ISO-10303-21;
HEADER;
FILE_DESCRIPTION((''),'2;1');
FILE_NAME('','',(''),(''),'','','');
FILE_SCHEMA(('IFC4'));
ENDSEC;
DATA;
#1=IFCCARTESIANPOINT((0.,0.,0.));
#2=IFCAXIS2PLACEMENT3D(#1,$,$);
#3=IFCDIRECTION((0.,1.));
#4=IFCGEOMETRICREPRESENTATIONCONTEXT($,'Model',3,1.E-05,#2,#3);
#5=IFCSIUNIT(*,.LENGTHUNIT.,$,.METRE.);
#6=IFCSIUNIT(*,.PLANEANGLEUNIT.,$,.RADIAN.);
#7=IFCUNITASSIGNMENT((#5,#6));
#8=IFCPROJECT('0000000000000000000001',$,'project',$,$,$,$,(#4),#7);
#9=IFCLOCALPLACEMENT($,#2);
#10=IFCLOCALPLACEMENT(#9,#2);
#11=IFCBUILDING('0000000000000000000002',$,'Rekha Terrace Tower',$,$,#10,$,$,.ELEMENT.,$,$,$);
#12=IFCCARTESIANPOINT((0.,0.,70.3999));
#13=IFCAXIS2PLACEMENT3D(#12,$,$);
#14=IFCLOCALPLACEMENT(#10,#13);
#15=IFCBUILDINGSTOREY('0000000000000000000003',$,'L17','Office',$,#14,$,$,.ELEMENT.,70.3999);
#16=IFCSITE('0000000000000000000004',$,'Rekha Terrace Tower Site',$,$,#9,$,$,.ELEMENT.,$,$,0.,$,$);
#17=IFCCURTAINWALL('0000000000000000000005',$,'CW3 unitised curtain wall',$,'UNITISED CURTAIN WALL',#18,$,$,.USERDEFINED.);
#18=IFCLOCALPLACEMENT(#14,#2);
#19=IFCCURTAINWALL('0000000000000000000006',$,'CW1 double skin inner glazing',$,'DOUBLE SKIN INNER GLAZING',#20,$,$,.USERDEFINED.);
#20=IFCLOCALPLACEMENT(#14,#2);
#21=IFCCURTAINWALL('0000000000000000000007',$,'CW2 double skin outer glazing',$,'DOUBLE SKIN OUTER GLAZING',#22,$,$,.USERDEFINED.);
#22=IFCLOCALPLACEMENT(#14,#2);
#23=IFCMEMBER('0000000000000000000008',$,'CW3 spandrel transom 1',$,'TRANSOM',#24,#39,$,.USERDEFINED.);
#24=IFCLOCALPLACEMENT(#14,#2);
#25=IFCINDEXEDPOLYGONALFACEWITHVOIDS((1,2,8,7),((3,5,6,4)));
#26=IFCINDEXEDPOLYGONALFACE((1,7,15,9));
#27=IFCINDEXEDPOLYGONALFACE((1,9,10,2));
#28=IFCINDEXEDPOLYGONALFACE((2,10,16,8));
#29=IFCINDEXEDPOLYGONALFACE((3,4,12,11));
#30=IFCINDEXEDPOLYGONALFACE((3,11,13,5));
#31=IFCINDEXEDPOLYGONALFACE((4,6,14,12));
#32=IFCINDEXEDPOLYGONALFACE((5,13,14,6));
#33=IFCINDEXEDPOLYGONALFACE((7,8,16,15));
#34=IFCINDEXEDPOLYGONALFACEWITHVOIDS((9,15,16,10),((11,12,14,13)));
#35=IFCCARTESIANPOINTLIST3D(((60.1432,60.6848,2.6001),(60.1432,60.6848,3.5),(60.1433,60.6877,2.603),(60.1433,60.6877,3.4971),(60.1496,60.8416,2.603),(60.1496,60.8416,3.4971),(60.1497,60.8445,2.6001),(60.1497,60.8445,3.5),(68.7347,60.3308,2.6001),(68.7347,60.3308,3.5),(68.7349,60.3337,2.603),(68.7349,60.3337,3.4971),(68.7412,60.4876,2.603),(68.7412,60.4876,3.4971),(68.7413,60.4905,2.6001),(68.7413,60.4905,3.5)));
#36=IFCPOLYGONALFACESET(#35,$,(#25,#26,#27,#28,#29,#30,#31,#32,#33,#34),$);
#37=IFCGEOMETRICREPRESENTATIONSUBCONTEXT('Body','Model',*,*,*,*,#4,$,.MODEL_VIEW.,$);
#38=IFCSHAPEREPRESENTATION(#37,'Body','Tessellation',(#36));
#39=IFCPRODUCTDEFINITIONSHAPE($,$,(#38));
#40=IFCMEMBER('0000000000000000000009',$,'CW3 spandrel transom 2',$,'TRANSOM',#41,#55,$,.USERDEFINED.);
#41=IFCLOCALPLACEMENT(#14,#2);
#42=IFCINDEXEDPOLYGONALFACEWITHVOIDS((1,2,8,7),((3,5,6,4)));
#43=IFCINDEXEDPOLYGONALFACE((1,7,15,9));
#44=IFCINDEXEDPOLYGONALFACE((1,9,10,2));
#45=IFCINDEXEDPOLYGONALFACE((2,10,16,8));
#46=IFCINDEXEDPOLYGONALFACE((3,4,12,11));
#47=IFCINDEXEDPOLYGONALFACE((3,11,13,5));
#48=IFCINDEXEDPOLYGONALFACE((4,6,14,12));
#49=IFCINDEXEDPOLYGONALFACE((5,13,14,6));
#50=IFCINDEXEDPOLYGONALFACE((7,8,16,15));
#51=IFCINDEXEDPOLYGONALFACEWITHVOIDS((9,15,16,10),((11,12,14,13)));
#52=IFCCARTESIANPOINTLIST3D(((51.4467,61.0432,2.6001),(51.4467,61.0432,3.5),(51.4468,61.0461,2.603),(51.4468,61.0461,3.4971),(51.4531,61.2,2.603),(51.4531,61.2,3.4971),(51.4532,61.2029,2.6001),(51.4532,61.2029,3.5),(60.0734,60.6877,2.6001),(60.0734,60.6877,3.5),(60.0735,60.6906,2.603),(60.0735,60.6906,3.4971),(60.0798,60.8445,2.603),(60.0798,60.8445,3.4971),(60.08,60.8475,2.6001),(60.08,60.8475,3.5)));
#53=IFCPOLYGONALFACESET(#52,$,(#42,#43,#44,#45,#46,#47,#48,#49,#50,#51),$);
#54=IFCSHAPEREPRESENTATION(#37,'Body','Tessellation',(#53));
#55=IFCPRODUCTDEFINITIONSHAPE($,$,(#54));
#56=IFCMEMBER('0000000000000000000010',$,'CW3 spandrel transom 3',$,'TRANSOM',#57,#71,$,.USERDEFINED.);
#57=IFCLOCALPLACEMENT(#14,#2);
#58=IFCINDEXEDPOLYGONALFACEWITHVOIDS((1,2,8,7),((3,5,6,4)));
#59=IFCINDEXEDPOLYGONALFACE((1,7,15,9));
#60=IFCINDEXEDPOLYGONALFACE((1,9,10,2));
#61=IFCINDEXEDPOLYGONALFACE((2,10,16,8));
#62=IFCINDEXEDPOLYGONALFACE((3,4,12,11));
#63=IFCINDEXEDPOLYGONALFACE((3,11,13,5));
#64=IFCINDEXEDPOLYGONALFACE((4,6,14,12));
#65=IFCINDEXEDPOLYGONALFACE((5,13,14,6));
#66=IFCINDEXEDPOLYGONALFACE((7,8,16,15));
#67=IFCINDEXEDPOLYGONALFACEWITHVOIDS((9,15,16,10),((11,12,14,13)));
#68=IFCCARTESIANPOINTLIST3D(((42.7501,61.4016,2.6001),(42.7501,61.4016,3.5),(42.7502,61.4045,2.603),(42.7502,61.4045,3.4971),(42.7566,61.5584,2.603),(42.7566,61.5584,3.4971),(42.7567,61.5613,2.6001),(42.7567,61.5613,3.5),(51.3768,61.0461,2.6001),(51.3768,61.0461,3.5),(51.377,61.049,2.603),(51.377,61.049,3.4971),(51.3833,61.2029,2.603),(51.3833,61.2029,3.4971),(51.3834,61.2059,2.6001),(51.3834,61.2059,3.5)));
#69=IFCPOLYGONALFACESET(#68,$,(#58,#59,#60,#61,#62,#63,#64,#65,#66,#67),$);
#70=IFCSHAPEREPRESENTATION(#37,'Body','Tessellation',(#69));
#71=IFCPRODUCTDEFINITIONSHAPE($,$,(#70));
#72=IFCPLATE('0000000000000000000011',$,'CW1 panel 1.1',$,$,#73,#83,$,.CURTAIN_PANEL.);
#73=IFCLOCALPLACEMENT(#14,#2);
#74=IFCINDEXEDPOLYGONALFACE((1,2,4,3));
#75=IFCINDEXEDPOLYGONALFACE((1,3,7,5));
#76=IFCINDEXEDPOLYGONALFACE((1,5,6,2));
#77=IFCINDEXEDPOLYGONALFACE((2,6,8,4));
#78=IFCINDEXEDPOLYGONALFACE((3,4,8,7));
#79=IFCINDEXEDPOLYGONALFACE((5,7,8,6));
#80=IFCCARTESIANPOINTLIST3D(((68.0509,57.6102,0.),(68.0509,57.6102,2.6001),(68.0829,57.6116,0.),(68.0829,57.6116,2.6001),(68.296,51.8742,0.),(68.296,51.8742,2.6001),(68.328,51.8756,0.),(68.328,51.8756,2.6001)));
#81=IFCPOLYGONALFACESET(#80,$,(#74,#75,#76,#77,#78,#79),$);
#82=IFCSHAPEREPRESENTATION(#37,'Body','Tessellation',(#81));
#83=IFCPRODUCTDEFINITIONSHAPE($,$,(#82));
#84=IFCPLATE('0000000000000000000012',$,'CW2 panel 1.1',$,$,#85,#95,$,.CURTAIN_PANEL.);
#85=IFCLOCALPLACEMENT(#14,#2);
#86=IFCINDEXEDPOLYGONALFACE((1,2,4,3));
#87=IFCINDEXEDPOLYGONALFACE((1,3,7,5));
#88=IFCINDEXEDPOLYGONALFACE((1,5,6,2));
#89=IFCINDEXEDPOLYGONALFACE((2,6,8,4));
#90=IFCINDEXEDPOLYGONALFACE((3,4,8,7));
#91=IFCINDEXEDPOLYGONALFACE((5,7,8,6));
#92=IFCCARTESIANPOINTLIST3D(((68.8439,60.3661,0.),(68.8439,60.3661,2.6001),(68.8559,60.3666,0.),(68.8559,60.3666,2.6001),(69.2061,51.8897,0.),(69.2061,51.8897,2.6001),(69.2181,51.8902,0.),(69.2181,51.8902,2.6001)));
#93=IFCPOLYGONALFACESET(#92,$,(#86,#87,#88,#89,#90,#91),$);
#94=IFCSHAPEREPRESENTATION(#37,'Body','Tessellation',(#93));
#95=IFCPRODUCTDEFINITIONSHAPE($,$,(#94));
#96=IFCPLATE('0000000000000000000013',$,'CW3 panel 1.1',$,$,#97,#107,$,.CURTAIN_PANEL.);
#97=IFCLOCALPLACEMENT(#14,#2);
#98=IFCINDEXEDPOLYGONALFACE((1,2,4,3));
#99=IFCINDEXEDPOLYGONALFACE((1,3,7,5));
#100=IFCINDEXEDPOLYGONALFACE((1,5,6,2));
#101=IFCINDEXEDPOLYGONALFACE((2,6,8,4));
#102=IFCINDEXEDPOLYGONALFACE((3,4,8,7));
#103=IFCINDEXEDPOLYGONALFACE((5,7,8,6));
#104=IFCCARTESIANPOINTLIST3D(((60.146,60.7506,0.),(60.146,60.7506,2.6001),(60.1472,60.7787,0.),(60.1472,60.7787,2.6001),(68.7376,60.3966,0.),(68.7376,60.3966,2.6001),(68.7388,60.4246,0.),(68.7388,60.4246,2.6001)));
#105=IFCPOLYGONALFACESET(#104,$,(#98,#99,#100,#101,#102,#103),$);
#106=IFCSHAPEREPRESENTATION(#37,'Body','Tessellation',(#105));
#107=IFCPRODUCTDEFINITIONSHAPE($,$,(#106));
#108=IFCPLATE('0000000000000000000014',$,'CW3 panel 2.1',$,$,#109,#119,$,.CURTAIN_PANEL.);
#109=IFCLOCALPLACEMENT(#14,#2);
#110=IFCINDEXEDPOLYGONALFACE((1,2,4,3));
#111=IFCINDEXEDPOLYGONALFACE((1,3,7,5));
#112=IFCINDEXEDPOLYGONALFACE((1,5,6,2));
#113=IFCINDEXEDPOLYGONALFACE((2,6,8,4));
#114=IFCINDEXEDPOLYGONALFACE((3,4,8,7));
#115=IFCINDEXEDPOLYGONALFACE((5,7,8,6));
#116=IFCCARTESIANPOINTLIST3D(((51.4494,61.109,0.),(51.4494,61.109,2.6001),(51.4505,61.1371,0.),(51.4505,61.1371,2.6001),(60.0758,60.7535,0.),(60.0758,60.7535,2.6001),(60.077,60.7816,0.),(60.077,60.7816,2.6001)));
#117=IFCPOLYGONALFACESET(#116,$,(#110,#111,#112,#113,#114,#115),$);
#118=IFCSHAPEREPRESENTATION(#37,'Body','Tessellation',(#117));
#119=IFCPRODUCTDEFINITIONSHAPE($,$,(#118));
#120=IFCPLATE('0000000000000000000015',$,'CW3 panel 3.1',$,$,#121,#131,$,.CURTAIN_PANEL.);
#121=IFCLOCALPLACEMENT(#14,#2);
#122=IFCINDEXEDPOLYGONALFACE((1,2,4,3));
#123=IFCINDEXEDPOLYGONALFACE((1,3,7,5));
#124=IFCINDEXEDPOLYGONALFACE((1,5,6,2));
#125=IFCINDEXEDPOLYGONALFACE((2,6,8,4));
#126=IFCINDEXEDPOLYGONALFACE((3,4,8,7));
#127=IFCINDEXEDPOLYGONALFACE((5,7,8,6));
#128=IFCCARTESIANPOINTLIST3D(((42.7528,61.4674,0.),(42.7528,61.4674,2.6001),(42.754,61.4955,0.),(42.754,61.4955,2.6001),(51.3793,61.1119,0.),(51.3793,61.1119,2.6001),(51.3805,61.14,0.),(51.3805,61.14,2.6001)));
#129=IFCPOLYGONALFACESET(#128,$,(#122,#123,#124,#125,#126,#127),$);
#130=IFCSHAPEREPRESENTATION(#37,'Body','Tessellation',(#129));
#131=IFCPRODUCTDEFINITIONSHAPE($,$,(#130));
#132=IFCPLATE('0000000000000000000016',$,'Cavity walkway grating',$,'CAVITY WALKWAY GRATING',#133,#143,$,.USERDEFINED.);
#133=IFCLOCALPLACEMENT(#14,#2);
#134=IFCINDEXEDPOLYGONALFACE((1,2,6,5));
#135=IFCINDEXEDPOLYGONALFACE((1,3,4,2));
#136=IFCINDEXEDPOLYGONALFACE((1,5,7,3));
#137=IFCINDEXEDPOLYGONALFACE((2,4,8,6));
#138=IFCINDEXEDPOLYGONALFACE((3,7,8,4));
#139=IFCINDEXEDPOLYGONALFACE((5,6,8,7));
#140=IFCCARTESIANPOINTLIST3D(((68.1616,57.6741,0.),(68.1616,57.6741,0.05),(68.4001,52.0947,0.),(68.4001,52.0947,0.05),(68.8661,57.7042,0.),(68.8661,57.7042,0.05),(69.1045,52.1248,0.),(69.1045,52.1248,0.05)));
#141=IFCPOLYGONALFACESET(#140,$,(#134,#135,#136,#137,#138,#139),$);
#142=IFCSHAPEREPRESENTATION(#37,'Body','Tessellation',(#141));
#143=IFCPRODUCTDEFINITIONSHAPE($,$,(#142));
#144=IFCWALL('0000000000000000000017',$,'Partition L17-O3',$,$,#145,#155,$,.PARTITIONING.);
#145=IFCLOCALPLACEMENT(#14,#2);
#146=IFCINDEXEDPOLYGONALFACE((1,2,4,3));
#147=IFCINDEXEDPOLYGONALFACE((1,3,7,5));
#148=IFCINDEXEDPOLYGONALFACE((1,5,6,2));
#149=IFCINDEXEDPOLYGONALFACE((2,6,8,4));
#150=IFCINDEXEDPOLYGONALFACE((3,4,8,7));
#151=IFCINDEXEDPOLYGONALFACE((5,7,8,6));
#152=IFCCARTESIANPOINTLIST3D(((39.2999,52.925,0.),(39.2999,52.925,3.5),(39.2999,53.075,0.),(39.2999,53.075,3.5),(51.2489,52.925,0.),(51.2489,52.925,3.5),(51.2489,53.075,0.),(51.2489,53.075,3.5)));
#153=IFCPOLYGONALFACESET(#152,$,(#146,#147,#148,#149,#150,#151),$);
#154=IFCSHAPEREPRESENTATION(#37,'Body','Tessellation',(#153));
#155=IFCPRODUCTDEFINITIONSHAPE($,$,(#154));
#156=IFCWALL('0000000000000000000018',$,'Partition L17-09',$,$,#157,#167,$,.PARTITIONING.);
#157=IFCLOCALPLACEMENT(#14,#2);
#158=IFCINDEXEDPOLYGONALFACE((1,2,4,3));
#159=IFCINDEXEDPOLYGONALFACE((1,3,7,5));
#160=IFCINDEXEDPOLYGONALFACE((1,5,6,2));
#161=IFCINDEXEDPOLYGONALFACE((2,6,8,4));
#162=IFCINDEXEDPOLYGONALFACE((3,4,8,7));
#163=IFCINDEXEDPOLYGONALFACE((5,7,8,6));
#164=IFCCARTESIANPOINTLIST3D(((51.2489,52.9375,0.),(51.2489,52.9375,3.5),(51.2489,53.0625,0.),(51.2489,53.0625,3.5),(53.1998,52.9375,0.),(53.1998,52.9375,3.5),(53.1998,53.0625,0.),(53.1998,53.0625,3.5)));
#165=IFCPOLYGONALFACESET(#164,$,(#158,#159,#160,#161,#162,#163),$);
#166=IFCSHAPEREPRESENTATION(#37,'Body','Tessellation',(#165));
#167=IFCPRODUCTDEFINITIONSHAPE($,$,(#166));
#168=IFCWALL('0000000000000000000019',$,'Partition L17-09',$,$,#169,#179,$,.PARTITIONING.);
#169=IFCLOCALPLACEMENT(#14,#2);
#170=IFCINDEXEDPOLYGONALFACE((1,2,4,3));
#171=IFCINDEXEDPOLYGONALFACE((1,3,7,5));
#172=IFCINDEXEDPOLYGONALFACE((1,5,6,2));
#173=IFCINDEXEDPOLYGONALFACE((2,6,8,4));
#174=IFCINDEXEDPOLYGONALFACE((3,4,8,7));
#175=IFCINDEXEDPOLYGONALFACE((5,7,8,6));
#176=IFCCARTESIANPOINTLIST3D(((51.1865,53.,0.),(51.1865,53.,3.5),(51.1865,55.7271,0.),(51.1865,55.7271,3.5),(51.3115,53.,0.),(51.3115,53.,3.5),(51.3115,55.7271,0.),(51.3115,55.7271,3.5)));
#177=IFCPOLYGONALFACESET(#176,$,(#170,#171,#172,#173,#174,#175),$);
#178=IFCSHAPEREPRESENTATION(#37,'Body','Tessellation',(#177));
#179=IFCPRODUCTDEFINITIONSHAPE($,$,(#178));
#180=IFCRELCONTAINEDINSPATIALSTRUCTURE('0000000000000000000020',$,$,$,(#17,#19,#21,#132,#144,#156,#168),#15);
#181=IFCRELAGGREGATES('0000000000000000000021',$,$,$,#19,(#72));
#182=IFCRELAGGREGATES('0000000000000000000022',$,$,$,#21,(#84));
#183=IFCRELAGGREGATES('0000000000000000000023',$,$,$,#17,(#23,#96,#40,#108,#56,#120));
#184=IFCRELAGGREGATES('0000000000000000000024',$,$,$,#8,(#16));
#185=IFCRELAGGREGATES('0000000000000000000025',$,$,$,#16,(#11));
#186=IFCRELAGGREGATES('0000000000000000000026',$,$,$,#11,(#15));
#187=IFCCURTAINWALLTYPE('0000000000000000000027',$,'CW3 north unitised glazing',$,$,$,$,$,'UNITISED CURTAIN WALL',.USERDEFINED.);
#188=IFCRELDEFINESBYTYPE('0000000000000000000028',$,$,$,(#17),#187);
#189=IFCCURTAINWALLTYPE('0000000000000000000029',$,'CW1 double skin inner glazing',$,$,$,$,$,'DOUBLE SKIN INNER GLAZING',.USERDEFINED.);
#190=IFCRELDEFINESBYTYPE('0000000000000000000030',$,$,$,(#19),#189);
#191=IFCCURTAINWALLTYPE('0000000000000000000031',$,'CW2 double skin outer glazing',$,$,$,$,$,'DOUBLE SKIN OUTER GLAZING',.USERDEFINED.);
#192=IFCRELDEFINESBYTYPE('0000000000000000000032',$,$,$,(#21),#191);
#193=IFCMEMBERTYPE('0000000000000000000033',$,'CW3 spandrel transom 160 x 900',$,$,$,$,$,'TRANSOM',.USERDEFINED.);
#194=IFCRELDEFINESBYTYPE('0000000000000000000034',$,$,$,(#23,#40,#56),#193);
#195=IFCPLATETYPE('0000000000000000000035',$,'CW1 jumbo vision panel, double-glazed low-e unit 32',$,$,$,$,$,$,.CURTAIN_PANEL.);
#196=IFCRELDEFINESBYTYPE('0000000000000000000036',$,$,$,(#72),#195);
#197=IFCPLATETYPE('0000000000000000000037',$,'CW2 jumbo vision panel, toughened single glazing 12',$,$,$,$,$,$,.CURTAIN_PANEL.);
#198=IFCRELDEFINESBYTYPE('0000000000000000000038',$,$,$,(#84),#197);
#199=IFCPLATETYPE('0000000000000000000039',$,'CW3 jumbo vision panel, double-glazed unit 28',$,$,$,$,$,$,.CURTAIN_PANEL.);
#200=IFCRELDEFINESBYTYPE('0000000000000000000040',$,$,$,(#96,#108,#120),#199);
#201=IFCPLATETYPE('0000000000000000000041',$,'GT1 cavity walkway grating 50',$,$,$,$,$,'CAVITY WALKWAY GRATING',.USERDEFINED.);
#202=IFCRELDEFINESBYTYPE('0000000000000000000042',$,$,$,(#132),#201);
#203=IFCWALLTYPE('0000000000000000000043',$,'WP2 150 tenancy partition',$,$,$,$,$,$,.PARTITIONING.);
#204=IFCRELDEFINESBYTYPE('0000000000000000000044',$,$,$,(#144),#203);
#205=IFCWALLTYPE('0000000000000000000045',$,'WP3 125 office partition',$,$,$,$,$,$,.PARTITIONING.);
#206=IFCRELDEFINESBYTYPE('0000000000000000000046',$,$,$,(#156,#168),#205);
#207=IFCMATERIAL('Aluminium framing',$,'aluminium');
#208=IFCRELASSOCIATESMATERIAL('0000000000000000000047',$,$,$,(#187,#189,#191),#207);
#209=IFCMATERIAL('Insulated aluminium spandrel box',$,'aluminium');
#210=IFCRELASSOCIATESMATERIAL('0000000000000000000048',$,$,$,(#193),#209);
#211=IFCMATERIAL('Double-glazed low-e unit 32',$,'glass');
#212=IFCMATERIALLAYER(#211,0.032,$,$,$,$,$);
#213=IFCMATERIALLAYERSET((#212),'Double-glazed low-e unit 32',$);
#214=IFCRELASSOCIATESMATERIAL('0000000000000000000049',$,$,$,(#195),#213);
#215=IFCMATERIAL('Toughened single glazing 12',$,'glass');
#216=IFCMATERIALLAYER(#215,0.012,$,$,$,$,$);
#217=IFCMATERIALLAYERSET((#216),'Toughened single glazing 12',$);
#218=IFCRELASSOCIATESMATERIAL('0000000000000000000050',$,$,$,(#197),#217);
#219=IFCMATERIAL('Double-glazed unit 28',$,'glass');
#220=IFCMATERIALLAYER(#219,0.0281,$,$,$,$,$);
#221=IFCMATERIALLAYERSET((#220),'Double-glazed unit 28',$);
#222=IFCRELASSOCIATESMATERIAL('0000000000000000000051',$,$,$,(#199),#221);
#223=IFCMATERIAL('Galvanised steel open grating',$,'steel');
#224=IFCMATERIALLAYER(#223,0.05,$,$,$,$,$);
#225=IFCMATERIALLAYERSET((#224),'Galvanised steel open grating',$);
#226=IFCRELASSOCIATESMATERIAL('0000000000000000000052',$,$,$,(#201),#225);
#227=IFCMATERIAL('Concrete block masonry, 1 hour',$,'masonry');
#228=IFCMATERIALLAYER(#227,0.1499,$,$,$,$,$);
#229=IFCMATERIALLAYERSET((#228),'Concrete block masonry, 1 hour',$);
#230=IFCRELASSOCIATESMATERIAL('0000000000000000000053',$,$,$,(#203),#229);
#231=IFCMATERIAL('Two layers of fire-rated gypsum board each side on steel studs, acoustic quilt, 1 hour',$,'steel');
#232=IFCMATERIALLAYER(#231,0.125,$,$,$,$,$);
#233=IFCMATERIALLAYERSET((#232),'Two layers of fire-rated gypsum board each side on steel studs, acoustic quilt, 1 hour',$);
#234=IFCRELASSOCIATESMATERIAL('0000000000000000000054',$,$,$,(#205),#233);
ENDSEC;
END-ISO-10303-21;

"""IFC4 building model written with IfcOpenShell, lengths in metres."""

from ifc_helpers import new_model, si_unit, direction, frame, frame_2d, origin, origin_2d, place, context, subcontext, project, spatial, rectangle, hollow_rectangle, extrude, material, layer, layer_set, material_profile, profile_set, type_object, element, aggregate, save


model = new_model("IFC4")

# Units and contexts
model_context = context("Model", 3, precision=1e-05, world=origin(), true_north=direction((0.0, 1.0)))
body_context = subcontext(model_context, "Body", "Model", "MODEL_VIEW")
ifc_project = project(units=[si_unit("LENGTHUNIT", "METRE"), si_unit("PLANEANGLEUNIT", "RADIAN")], contexts=[model_context])

# Site, building, storey
site_placement = place(None, origin())
site = spatial("IfcSite", under=ifc_project, at=site_placement, Name="Rekha Terrace Tower Site", CompositionType="ELEMENT", RefElevation=0.0)
building_placement = place(site_placement, origin())
building = spatial("IfcBuilding", under=site, at=building_placement, Name="Rekha Terrace Tower", CompositionType="ELEMENT")
storey_placement = place(building_placement, frame((0.0, 0.0, 70.3999)))
storey = spatial("IfcBuildingStorey", under=building, at=storey_placement, Name="L17", Description="Office", CompositionType="ELEMENT", Elevation=70.3999)

# Curtain wall
ifc_material_1 = material(Name="Aluminium framing", Category="aluminium")
curtain_wall_type_1 = type_object("IfcCurtainWallType", Name="CW3 north unitised glazing", ElementType="UNITISED CURTAIN WALL", PredefinedType="USERDEFINED", material=ifc_material_1)
curtain_wall_1_placement = place(storey_placement, origin())
curtain_wall_1 = element("IfcCurtainWall", 1, at=curtain_wall_1_placement, inside=storey, type_object=curtain_wall_type_1, Name="CW3 unitised curtain wall", ObjectType="UNITISED CURTAIN WALL", PredefinedType="USERDEFINED")

# Curtain wall
curtain_wall_type_2 = type_object("IfcCurtainWallType", Name="CW1 double skin inner glazing", ElementType="DOUBLE SKIN INNER GLAZING", PredefinedType="USERDEFINED", material=ifc_material_1)
curtain_wall_2_placement = place(storey_placement, origin())
curtain_wall_2 = element("IfcCurtainWall", 2, at=curtain_wall_2_placement, inside=storey, type_object=curtain_wall_type_2, Name="CW1 double skin inner glazing", ObjectType="DOUBLE SKIN INNER GLAZING", PredefinedType="USERDEFINED")

# Curtain wall
curtain_wall_type_3 = type_object("IfcCurtainWallType", Name="CW2 double skin outer glazing", ElementType="DOUBLE SKIN OUTER GLAZING", PredefinedType="USERDEFINED", material=ifc_material_1)
curtain_wall_3_placement = place(storey_placement, origin())
curtain_wall_3 = element("IfcCurtainWall", 3, at=curtain_wall_3_placement, inside=storey, type_object=curtain_wall_type_3, Name="CW2 double skin outer glazing", ObjectType="DOUBLE SKIN OUTER GLAZING", PredefinedType="USERDEFINED")
ifc_material_2 = material(Name="Insulated aluminium spandrel box", Category="aluminium")

# Members
ifc_material_profile_1 = material_profile(ifc_material_2, hollow_rectangle(XDim=0.1599, YDim=0.8999, WallThickness=0.0029, at=origin_2d()), Name="AL SPANDREL BOX 160x900")
ifc_profile_set_1 = profile_set([ifc_material_profile_1], Name="Insulated aluminium spandrel box")
member_type_1 = type_object("IfcMemberType", Name="CW3 spandrel transom 160 x 900", ElementType="TRANSOM", PredefinedType="USERDEFINED", material=ifc_profile_set_1)
member_1_placement = place(storey_placement, frame((68.738, 60.4106, 3.05), z_axis=(-0.999152, 0.041169, 0.0), x_axis=(-0.041169, -0.999152, 0.0)))
member_1 = element("IfcMember", 4, at=member_1_placement, type_object=member_type_1, Name="CW3 spandrel transom 1", ObjectType="TRANSOM", PredefinedType="USERDEFINED", context=body_context, shape_type="SweptSolid", body=[
    extrude(hollow_rectangle(XDim=0.1599, YDim=0.8999, WallThickness=0.0029, at=origin_2d()), origin(), (0.0, 0.0, 1.0), 8.5989),
])
member_2_placement = place(storey_placement, frame((60.0767, 60.7676, 3.05), z_axis=(-0.999152, 0.041171, 0.0), x_axis=(-0.041171, -0.999152, 0.0)))
member_2 = element("IfcMember", 5, at=member_2_placement, type_object=member_type_1, Name="CW3 spandrel transom 2", ObjectType="TRANSOM", PredefinedType="USERDEFINED", context=body_context, shape_type="SweptSolid", body=[
    extrude(hollow_rectangle(XDim=0.1599, YDim=0.8999, WallThickness=0.0029, at=origin_2d()), origin(), (0.0, 0.0, 1.0), 8.634),
])
member_3_placement = place(storey_placement, frame((51.3801, 61.126, 3.05), z_axis=(-0.999152, 0.041171, 0.0), x_axis=(-0.041171, -0.999152, 0.0)))
member_3 = element("IfcMember", 6, at=member_3_placement, type_object=member_type_1, Name="CW3 spandrel transom 3", ObjectType="TRANSOM", PredefinedType="USERDEFINED", context=body_context, shape_type="SweptSolid", body=[
    extrude(hollow_rectangle(XDim=0.1599, YDim=0.8999, WallThickness=0.0029, at=origin_2d()), origin(), (0.0, 0.0, 1.0), 8.634),
])

# Plates
ifc_material_3 = material(Name="Double-glazed low-e unit 32", Category="glass")
ifc_layer_1 = layer(ifc_material_3, 0.032)
ifc_layer_set_1 = layer_set([ifc_layer_1], Name="Double-glazed low-e unit 32")
plate_type_1 = type_object("IfcPlateType", Name="CW1 jumbo vision panel, double-glazed low-e unit 32", PredefinedType="CURTAIN_PANEL", material=ifc_layer_set_1)
plate_1_placement = place(storey_placement, frame((68.1895, 54.7429, 0.0), z_axis=(0.0, 0.0, 1.0), x_axis=(-0.042696, 0.999088, 0.0)))
plate_1 = element("IfcPlate", 7, at=plate_1_placement, type_object=plate_type_1, Name="CW1 panel 1.1", PredefinedType="CURTAIN_PANEL", context=body_context, shape_type="SweptSolid", body=[
    extrude(rectangle(XDim=5.7412, YDim=0.032, at=origin_2d()), origin(), (0.0, 0.0, 1.0), 2.6001),
])
aggregate(curtain_wall_2, [plate_1])
ifc_material_4 = material(Name="Toughened single glazing 12", Category="glass")
ifc_layer_2 = layer(ifc_material_4, 0.012)
ifc_layer_set_2 = layer_set([ifc_layer_2], Name="Toughened single glazing 12")
plate_type_2 = type_object("IfcPlateType", Name="CW2 jumbo vision panel, toughened single glazing 12", PredefinedType="CURTAIN_PANEL", material=ifc_layer_set_2)
plate_2_placement = place(storey_placement, frame((69.031, 56.1282, 0.0), z_axis=(0.0, 0.0, 1.0), x_axis=(-0.042696, 0.999088, 0.0)))
plate_2 = element("IfcPlate", 8, at=plate_2_placement, type_object=plate_type_2, Name="CW2 panel 1.1", PredefinedType="CURTAIN_PANEL", context=body_context, shape_type="SweptSolid", body=[
    extrude(rectangle(XDim=8.4841, YDim=0.012, at=origin_2d()), origin(), (0.0, 0.0, 1.0), 2.6001),
])
aggregate(curtain_wall_3, [plate_2])
ifc_material_5 = material(Name="Double-glazed unit 28", Category="glass")
ifc_layer_3 = layer(ifc_material_5, 0.0281)
ifc_layer_set_3 = layer_set([ifc_layer_3], Name="Double-glazed unit 28")
plate_type_3 = type_object("IfcPlateType", Name="CW3 jumbo vision panel, double-glazed unit 28", PredefinedType="CURTAIN_PANEL", material=ifc_layer_set_3)
plate_3_placement = place(storey_placement, frame((64.4424, 60.5876, 0.0), z_axis=(0.0, 0.0, 1.0), x_axis=(-0.999152, 0.041174, 0.0)))
plate_3 = element("IfcPlate", 9, at=plate_3_placement, type_object=plate_type_3, Name="CW3 panel 1.1", PredefinedType="CURTAIN_PANEL", context=body_context, shape_type="SweptSolid", body=[
    extrude(rectangle(XDim=8.5989, YDim=0.0281, at=origin_2d()), origin(), (0.0, 0.0, 1.0), 2.6001),
])
plate_4_placement = place(storey_placement, frame((55.7632, 60.9453, 0.0), z_axis=(0.0, 0.0, 1.0), x_axis=(-0.999152, 0.041174, 0.0)))
plate_4 = element("IfcPlate", 10, at=plate_4_placement, type_object=plate_type_3, Name="CW3 panel 2.1", PredefinedType="CURTAIN_PANEL", context=body_context, shape_type="SweptSolid", body=[
    extrude(rectangle(XDim=8.6338, YDim=0.0281, at=origin_2d()), origin(), (0.0, 0.0, 1.0), 2.6001),
])
plate_5_placement = place(storey_placement, frame((47.0667, 61.3037, 0.0), z_axis=(0.0, 0.0, 1.0), x_axis=(-0.999152, 0.041174, 0.0)))
plate_5 = element("IfcPlate", 11, at=plate_5_placement, type_object=plate_type_3, Name="CW3 panel 3.1", PredefinedType="CURTAIN_PANEL", context=body_context, shape_type="SweptSolid", body=[
    extrude(rectangle(XDim=8.6338, YDim=0.0281, at=origin_2d()), origin(), (0.0, 0.0, 1.0), 2.6001),
])
aggregate(curtain_wall_1, [member_1, plate_3, member_2, plate_4, member_3, plate_5])
ifc_material_6 = material(Name="Galvanised steel open grating", Category="steel")
ifc_layer_4 = layer(ifc_material_6, 0.05)
ifc_layer_set_4 = layer_set([ifc_layer_4], Name="Galvanised steel open grating")
plate_type_4 = type_object("IfcPlateType", Name="GT1 cavity walkway grating 50", ElementType="CAVITY WALKWAY GRATING", PredefinedType="USERDEFINED", material=ifc_layer_set_4)
plate_6_placement = place(storey_placement, frame((68.6331, 54.8994, 0.0), z_axis=(0.0, 0.0, 1.0), x_axis=(-0.042696, 0.999088, 0.0)))
element("IfcPlate", 12, at=plate_6_placement, inside=storey, type_object=plate_type_4, Name="Cavity walkway grating", ObjectType="CAVITY WALKWAY GRATING", PredefinedType="USERDEFINED", context=body_context, shape_type="SweptSolid", body=[
    extrude(rectangle(XDim=5.5845, YDim=0.7051, at=origin_2d()), origin(), (0.0, 0.0, 1.0), 0.05),
])

# Walls
ifc_material_7 = material(Name="Concrete block masonry, 1 hour", Category="masonry")
ifc_layer_5 = layer(ifc_material_7, 0.1499)
ifc_layer_set_5 = layer_set([ifc_layer_5], Name="Concrete block masonry, 1 hour")
wall_type_1 = type_object("IfcWallType", Name="WP2 150 tenancy partition", PredefinedType="PARTITIONING", material=ifc_layer_set_5)
wall_1_placement = place(storey_placement, frame((51.249, 53.0, 0.0), z_axis=(0.0, 0.0, 1.0), x_axis=(-1.0, 0.0, 0.0)))
element("IfcWall", 13, at=wall_1_placement, inside=storey, type_object=wall_type_1, Name="Partition L17-O3", PredefinedType="PARTITIONING", context=body_context, shape_type="SweptSolid", body=[
    extrude(rectangle(XDim=11.949, YDim=0.1499, at=frame_2d((5.9746, 0.0))), origin(), (0.0, 0.0, 1.0), 3.5),
])
ifc_material_8 = material(Name="Two layers of fire-rated gypsum board each side on steel studs, acoustic quilt, 1 hour", Category="steel")
ifc_layer_6 = layer(ifc_material_8, 0.125)
ifc_layer_set_6 = layer_set([ifc_layer_6], Name="Two layers of fire-rated gypsum board each side on steel studs, acoustic quilt, 1 hour")
wall_type_2 = type_object("IfcWallType", Name="WP3 125 office partition", PredefinedType="PARTITIONING", material=ifc_layer_set_6)
wall_2_placement = place(storey_placement, frame((53.2, 53.0, 0.0), z_axis=(0.0, 0.0, 1.0), x_axis=(-1.0, 0.0, 0.0)))
element("IfcWall", 14, at=wall_2_placement, inside=storey, type_object=wall_type_2, Name="Partition L17-09", PredefinedType="PARTITIONING", context=body_context, shape_type="SweptSolid", body=[
    extrude(rectangle(XDim=1.9509, YDim=0.125, at=frame_2d((0.9756, 0.0))), origin(), (0.0, 0.0, 1.0), 3.5),
])
wall_3_placement = place(storey_placement, frame((51.249, 53.0, 0.0), z_axis=(0.0, 0.0, 1.0), x_axis=(0.0, 1.0, 0.0)))
element("IfcWall", 15, at=wall_3_placement, inside=storey, type_object=wall_type_2, Name="Partition L17-09", PredefinedType="PARTITIONING", context=body_context, shape_type="SweptSolid", body=[
    extrude(rectangle(XDim=2.7271, YDim=0.125, at=frame_2d((1.3635, 0.0))), origin(), (0.0, 0.0, 1.0), 3.5),
])

save(model, "model.ifc")
